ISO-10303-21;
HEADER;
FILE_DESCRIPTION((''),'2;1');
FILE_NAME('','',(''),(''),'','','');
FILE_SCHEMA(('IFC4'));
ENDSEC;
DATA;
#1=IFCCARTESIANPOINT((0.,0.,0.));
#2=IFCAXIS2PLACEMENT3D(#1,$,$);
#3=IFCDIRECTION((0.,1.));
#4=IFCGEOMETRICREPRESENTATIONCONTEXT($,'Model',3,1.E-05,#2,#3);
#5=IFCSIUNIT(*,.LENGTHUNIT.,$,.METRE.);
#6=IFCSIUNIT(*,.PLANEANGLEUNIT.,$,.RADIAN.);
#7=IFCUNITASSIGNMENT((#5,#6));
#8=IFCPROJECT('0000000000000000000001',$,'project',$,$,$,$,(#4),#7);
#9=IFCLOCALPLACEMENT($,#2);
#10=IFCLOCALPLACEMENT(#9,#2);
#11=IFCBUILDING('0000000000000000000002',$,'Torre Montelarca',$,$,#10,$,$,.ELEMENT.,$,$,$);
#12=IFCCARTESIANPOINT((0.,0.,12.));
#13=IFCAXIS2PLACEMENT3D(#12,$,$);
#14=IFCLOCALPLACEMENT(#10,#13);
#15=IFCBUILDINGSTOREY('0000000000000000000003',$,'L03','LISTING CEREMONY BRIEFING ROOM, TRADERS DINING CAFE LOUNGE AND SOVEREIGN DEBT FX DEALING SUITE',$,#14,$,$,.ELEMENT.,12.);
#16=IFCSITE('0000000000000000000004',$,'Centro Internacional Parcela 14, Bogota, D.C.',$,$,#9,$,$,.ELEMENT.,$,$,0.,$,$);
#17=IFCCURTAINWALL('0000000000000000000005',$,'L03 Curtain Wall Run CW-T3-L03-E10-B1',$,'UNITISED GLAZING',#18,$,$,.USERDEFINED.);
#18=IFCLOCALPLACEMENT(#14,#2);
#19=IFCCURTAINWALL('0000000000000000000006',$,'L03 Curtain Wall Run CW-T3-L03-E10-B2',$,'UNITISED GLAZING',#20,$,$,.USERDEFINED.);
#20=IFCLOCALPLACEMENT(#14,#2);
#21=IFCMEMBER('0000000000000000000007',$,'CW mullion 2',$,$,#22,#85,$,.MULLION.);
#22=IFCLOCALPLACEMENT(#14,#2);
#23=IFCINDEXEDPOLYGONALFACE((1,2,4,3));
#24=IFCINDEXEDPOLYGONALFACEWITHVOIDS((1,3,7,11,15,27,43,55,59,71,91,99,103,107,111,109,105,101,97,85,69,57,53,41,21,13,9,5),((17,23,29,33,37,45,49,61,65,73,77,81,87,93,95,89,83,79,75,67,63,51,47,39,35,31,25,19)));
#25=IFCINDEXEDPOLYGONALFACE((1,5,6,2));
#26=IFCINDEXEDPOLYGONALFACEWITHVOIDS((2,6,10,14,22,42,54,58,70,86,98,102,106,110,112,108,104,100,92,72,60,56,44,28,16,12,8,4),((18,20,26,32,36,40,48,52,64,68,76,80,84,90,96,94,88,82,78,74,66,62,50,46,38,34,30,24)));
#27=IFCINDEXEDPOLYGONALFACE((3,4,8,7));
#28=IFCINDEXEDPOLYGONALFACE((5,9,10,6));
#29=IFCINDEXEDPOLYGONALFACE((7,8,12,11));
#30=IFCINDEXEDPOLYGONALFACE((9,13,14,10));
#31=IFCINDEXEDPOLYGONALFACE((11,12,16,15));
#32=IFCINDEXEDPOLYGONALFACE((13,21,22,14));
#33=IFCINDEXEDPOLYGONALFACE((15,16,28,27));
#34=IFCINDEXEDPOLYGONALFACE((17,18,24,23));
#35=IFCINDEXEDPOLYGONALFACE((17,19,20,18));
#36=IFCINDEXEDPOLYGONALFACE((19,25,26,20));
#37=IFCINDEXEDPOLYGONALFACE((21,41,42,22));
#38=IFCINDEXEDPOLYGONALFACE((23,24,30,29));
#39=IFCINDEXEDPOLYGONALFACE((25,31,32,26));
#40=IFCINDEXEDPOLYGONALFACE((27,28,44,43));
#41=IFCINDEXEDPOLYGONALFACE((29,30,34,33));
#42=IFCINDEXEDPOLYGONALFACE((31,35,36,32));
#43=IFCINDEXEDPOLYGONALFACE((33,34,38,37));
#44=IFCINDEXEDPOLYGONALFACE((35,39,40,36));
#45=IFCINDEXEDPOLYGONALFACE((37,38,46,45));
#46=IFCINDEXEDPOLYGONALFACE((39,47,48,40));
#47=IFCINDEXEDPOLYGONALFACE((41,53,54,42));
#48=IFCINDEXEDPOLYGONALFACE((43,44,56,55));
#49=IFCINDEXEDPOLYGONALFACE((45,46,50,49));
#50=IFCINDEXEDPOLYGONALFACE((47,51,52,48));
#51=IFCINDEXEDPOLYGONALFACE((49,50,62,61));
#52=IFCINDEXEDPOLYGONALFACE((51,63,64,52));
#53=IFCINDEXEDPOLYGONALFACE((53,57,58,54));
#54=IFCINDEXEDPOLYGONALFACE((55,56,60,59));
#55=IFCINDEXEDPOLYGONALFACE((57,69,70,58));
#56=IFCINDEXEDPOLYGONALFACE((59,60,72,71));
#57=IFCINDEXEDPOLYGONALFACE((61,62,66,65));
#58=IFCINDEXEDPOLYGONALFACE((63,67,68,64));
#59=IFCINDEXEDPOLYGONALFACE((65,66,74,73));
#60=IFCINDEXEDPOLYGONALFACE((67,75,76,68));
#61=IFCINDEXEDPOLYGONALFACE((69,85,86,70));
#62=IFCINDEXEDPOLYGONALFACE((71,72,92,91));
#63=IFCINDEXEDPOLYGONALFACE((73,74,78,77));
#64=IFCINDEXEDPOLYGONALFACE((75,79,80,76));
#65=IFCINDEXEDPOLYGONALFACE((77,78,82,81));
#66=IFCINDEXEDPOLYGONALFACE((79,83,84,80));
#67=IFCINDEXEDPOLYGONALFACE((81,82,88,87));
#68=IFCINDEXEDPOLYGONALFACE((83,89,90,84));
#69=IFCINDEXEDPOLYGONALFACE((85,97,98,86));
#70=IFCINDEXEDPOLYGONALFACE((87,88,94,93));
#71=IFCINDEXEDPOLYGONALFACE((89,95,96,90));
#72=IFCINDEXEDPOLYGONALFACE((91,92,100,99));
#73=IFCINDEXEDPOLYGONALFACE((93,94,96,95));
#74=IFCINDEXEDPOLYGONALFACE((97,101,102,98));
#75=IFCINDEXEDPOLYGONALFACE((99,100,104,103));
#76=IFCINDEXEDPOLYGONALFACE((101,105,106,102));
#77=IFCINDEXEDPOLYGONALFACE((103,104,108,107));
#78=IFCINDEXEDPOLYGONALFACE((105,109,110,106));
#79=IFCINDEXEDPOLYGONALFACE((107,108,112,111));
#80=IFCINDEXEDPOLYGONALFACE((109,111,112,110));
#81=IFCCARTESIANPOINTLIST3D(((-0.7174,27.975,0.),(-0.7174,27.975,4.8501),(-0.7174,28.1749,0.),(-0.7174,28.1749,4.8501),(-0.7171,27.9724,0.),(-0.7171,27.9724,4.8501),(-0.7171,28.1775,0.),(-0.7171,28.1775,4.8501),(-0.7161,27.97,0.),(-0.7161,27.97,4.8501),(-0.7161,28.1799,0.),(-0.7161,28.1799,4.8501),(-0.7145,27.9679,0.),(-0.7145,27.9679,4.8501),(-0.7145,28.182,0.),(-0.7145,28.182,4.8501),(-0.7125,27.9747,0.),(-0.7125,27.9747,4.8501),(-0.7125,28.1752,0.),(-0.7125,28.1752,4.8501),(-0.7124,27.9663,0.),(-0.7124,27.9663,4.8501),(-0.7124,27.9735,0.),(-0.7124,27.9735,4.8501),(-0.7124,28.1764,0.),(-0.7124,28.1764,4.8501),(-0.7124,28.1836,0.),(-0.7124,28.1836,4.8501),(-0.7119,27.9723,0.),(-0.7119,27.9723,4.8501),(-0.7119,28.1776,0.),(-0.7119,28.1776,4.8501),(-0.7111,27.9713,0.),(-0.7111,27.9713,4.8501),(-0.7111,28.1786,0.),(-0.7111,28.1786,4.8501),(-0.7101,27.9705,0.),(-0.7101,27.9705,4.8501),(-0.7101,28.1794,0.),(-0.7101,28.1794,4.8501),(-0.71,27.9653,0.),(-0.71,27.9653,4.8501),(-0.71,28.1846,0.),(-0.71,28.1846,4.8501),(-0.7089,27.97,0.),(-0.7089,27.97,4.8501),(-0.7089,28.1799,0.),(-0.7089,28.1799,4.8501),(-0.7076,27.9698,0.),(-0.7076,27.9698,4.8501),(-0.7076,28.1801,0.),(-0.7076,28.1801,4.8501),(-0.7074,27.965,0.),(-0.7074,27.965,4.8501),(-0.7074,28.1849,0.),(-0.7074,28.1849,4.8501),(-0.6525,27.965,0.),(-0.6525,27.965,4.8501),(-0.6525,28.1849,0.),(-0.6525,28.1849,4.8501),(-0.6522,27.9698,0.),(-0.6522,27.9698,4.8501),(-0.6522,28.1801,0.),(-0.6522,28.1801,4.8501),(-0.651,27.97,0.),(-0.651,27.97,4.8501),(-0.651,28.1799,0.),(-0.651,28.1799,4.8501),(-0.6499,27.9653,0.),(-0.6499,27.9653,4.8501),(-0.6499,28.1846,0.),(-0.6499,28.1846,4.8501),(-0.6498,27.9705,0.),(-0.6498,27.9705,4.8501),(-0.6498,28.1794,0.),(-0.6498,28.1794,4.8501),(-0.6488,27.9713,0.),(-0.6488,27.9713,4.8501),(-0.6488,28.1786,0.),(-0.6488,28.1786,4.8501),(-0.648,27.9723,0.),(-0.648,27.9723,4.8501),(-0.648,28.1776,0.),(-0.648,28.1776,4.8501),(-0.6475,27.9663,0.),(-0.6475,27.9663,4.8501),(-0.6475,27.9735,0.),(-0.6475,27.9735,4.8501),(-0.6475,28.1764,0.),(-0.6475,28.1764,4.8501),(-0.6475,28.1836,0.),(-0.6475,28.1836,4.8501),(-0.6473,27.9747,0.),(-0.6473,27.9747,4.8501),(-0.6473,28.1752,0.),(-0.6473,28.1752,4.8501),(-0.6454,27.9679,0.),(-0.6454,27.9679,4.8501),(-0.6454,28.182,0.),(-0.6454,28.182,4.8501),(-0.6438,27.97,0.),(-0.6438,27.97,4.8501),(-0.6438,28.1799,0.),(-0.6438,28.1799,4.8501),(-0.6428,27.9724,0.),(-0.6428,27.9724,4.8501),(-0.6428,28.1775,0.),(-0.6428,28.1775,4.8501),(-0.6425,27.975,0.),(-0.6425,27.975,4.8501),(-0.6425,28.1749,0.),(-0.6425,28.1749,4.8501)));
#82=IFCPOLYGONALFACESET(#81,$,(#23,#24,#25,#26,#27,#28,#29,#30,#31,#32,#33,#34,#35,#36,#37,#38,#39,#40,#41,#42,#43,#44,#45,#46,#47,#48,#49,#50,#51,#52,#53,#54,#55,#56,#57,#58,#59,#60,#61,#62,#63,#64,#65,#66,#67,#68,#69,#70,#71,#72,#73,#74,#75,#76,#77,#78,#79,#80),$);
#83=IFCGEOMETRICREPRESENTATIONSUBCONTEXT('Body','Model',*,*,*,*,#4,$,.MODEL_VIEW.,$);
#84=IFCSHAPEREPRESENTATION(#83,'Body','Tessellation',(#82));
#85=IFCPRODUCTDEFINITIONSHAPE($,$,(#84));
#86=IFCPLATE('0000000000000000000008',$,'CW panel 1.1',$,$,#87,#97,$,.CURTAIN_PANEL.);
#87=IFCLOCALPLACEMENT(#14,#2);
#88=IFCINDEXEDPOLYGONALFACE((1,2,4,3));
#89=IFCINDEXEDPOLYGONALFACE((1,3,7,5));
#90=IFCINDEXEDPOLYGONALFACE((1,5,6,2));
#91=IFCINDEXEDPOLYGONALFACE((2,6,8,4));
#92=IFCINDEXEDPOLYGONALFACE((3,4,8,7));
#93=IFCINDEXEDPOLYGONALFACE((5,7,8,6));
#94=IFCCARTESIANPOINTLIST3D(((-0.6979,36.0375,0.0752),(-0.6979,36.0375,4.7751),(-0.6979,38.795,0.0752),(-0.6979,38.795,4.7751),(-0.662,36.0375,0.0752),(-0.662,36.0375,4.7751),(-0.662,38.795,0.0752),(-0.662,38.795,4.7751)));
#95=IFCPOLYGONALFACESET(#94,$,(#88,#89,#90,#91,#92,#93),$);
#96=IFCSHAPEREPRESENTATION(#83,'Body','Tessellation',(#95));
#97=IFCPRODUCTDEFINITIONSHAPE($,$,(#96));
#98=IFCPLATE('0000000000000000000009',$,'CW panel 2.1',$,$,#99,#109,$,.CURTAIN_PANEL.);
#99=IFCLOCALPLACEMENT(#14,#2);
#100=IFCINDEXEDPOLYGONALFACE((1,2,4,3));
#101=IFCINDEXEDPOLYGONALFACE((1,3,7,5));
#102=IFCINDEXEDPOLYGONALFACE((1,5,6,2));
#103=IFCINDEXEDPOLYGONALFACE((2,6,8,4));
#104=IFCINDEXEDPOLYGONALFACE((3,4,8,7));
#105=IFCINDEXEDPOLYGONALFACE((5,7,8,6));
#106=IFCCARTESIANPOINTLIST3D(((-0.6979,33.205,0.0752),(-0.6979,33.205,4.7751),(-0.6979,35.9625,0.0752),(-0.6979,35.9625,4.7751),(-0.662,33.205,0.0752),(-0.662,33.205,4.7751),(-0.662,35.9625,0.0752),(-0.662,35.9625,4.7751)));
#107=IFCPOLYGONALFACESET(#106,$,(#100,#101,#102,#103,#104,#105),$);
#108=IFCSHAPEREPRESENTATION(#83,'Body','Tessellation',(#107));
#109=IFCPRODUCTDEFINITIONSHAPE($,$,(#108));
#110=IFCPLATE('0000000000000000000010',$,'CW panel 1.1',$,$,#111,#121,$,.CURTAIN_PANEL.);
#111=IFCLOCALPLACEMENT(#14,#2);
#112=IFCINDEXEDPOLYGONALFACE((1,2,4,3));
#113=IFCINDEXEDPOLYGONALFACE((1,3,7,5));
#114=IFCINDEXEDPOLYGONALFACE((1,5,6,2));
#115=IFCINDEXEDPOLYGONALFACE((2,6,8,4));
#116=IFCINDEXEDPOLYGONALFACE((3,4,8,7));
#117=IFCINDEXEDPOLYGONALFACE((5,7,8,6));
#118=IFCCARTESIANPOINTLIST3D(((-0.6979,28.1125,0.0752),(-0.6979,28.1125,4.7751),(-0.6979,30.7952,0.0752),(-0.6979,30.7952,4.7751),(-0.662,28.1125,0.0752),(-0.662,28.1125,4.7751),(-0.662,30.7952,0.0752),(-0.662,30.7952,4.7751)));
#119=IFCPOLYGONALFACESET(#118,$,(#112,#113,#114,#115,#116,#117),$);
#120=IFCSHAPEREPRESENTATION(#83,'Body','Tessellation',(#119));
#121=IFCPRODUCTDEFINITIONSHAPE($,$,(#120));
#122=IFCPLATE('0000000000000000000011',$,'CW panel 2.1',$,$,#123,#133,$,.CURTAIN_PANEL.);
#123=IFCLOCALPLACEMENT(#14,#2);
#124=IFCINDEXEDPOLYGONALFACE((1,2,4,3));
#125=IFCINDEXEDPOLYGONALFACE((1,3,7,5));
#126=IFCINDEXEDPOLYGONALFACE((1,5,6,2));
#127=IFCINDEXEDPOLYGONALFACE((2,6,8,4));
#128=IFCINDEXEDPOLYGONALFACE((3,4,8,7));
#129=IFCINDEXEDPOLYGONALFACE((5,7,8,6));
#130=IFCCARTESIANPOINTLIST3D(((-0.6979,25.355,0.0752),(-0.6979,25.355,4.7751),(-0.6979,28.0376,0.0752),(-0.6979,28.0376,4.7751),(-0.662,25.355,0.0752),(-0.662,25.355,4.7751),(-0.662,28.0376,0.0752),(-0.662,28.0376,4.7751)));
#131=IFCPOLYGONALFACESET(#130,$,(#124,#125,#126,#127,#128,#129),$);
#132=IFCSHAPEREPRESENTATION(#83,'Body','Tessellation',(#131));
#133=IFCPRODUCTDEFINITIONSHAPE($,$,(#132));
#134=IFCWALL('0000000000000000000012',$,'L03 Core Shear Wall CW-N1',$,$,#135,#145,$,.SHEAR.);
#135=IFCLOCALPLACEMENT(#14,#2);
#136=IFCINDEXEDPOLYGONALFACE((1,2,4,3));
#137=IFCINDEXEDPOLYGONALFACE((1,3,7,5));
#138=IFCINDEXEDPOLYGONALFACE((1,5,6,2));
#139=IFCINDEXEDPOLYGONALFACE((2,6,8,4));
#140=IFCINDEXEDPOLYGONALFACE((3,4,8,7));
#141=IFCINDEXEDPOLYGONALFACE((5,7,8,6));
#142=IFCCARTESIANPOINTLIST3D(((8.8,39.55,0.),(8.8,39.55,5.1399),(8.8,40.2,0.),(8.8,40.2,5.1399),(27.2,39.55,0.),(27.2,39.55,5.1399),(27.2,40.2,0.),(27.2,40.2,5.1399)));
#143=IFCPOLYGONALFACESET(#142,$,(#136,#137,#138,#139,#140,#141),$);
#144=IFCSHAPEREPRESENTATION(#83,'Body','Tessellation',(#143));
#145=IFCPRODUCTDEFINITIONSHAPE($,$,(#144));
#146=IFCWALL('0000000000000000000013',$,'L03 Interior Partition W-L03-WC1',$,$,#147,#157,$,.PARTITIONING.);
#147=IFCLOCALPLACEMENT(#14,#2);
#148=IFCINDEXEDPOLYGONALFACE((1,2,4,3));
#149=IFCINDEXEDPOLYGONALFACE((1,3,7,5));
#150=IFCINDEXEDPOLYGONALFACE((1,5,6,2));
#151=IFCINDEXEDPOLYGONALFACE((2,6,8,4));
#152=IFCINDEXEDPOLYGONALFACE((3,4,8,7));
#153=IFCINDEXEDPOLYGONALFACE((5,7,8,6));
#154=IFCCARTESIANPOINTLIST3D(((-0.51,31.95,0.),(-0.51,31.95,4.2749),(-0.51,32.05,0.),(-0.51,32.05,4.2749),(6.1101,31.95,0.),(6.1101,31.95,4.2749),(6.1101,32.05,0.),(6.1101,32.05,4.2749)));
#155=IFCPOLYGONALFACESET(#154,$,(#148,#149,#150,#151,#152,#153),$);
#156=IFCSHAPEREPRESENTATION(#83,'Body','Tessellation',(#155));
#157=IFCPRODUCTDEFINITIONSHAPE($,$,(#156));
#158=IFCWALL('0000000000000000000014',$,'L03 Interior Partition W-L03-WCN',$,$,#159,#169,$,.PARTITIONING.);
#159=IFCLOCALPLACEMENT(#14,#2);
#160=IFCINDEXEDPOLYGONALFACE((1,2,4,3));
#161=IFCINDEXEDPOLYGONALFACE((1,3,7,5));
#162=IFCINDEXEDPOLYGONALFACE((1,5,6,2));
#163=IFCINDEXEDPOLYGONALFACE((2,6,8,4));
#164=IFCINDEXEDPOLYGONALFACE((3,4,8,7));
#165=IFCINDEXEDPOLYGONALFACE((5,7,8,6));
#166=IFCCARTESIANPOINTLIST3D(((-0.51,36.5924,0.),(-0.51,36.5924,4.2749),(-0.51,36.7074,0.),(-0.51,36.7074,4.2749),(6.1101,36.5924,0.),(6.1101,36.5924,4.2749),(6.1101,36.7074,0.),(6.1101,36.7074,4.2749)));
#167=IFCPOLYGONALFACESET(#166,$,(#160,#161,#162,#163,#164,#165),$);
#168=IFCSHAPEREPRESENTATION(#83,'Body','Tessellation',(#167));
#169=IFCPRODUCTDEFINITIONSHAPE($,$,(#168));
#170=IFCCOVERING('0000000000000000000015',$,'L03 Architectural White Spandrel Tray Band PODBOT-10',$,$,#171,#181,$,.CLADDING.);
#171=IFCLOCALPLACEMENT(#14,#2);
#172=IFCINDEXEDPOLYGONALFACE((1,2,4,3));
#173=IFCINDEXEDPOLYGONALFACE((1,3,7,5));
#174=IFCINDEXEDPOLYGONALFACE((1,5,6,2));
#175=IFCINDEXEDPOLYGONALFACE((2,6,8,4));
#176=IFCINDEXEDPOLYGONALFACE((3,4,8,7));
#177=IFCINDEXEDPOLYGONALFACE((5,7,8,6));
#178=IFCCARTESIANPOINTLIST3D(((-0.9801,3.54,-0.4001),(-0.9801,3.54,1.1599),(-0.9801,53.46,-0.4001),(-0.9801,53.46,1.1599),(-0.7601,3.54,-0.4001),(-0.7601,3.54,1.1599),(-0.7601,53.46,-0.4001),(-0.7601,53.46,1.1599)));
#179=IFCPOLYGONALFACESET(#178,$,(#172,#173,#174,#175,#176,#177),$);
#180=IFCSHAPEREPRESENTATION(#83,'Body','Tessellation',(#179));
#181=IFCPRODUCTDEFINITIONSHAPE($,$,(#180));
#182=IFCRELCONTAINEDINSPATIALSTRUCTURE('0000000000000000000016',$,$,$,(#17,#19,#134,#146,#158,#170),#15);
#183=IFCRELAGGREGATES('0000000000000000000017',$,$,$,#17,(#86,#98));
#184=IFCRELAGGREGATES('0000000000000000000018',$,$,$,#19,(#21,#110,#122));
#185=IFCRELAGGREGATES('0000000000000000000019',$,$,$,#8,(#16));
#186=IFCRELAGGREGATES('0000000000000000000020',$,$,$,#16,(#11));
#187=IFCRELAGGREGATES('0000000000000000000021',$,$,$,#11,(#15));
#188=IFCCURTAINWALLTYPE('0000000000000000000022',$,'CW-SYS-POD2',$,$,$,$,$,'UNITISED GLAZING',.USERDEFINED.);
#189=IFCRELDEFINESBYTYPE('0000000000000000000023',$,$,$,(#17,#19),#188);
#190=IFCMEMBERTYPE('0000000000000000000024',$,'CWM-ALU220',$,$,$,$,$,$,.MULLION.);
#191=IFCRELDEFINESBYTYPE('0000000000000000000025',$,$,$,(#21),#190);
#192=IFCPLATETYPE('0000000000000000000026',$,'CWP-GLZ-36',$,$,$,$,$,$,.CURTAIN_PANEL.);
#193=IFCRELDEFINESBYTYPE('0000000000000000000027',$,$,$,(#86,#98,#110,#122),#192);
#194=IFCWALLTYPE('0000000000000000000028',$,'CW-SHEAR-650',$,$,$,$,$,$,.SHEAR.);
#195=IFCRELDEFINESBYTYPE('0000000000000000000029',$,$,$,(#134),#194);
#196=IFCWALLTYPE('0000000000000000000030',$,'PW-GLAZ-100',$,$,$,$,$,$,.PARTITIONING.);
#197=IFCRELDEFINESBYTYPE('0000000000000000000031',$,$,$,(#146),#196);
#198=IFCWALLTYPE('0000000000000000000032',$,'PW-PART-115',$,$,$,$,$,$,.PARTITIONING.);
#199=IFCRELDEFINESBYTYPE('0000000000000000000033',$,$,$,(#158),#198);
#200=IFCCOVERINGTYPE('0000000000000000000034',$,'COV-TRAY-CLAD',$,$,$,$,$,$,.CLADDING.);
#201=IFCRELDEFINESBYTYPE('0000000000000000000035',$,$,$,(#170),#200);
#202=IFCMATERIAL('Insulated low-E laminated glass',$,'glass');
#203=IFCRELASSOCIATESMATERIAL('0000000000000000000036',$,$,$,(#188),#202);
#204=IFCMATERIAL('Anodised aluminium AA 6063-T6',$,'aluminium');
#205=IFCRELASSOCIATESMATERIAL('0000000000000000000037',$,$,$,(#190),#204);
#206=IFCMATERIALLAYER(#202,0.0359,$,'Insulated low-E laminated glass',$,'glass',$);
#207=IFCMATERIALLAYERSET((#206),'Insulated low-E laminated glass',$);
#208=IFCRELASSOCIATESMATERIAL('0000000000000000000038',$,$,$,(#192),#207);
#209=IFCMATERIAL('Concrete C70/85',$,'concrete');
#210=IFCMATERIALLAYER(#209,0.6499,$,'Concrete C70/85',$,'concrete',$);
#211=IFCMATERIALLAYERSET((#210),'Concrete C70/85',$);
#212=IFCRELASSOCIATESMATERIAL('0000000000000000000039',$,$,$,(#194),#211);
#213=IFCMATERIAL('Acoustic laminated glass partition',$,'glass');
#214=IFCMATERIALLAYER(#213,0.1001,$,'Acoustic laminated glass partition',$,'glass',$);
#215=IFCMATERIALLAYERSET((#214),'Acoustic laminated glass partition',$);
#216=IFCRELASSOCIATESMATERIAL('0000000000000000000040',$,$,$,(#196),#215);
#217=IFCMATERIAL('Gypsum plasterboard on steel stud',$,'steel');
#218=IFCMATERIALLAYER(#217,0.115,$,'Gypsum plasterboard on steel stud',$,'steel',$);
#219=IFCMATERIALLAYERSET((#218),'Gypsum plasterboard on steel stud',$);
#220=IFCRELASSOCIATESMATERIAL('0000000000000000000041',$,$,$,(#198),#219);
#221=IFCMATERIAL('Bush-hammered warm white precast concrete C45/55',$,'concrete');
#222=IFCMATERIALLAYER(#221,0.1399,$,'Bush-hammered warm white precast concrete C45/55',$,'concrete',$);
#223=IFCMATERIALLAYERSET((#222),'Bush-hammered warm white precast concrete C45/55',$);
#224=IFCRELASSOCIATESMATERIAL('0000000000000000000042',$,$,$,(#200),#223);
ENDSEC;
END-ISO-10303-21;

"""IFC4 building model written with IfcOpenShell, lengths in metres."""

from ifc_helpers import new_model, si_unit, direction, frame, frame_2d, origin, origin_2d, place, context, subcontext, project, spatial, rectangle, hollow_rectangle, extrude, source, transform, mapped, material, layer, layer_set, material_profile, profile_set, type_object, element, aggregate, save


model = new_model("IFC4")

# Units and contexts
model_context = context("Model", 3, precision=1e-05, world=origin(), true_north=direction((0.0, 1.0)))
body_context = subcontext(model_context, "Body", "Model", "MODEL_VIEW")
ifc_project = project(units=[si_unit("LENGTHUNIT", "METRE"), si_unit("PLANEANGLEUNIT", "RADIAN")], contexts=[model_context])

# Site, building, storey
site_placement = place(None, origin())
site = spatial("IfcSite", under=ifc_project, at=site_placement, Name="Centro Internacional Parcela 14, Bogota, D.C.", CompositionType="ELEMENT", RefElevation=0.0)
building_placement = place(site_placement, origin())
building = spatial("IfcBuilding", under=site, at=building_placement, Name="Torre Montelarca", CompositionType="ELEMENT")
storey_placement = place(building_placement, frame((0.0, 0.0, 12.0)))
storey = spatial("IfcBuildingStorey", under=building, at=storey_placement, Name="L03", Description="LISTING CEREMONY BRIEFING ROOM, TRADERS DINING CAFE LOUNGE AND SOVEREIGN DEBT FX DEALING SUITE", CompositionType="ELEMENT", Elevation=12.0)

# Shared definitions
ifc_material_1 = material(Name="Concrete C70/85", Category="concrete")

# Curtain walls
ifc_material_2 = material(Name="Insulated low-E laminated glass", Category="glass")
curtain_wall_type = type_object("IfcCurtainWallType", Name="CW-SYS-POD2", ElementType="UNITISED GLAZING", PredefinedType="USERDEFINED", material=ifc_material_2)
curtain_wall_1_placement = place(storey_placement, origin())
curtain_wall_1 = element("IfcCurtainWall", 1, at=curtain_wall_1_placement, inside=storey, type_object=curtain_wall_type, Name="L03 Curtain Wall Run CW-T3-L03-E10-B1", ObjectType="UNITISED GLAZING", PredefinedType="USERDEFINED")
ifc_material_3 = material(Name="Anodised aluminium AA 6063-T6", Category="aluminium")
curtain_wall_2_placement = place(storey_placement, origin())
curtain_wall_2 = element("IfcCurtainWall", 2, at=curtain_wall_2_placement, inside=storey, type_object=curtain_wall_type, Name="L03 Curtain Wall Run CW-T3-L03-E10-B2", ObjectType="UNITISED GLAZING", PredefinedType="USERDEFINED")

# Member
ifc_material_profile_1 = material_profile(ifc_material_3, hollow_rectangle(XDim=0.075, YDim=0.22, WallThickness=0.0049, InnerFilletRadius=0.0049, OuterFilletRadius=0.01, at=origin_2d()), Name="ALU75X220X5", Category="aluminium")
ifc_profile_set_1 = profile_set([ifc_material_profile_1], Name="Anodised aluminium AA 6063-T6")
member_type_1 = type_object("IfcMemberType", Name="CWM-ALU220", PredefinedType="MULLION", material=ifc_profile_set_1)
shared_shape_1 = source(origin(), body_context, "Body", "SweptSolid", [
    extrude(hollow_rectangle(XDim=0.075, YDim=0.22, WallThickness=0.0049, InnerFilletRadius=0.0049, OuterFilletRadius=0.01, at=origin_2d()), origin(), (0.0, 0.0, 1.0), 4.8501),
])
member_1_placement = place(storey_placement, frame((-0.6799, 28.075, 0.0), z_axis=(0.0, 0.0, 1.0), x_axis=(1.0, 0.0, 0.0)))
member_1 = element("IfcMember", 3, at=member_1_placement, type_object=member_type_1, Name="CW mullion 2", PredefinedType="MULLION", context=body_context, shape_type="MappedRepresentation", body=[
    mapped(shared_shape_1, transform((0.0, 0.0, 0.0), scale=1.0)),
])

# Plates
ifc_layer_1 = layer(ifc_material_2, 0.0359, Name="Insulated low-E laminated glass", Category="glass")
ifc_layer_set_1 = layer_set([ifc_layer_1], Name="Insulated low-E laminated glass")
plate_type = type_object("IfcPlateType", Name="CWP-GLZ-36", PredefinedType="CURTAIN_PANEL", material=ifc_layer_set_1)
shared_shape_2 = source(origin(), body_context, "Body", "SweptSolid", [
    extrude(rectangle(XDim=2.7576, YDim=0.0359, at=origin_2d()), origin(), (0.0, 0.0, 1.0), 4.7),
])
plate_1_placement = place(storey_placement, frame((-0.6799, 37.4163, 0.0752), z_axis=(0.0, 0.0, 1.0), x_axis=(0.0, -1.0, 0.0)))
plate_1 = element("IfcPlate", 4, at=plate_1_placement, type_object=plate_type, Name="CW panel 1.1", PredefinedType="CURTAIN_PANEL", context=body_context, shape_type="MappedRepresentation", body=[
    mapped(shared_shape_2, transform((0.0, 0.0, 0.0), scale=1.0)),
])
plate_2_placement = place(storey_placement, frame((-0.6799, 34.5837, 0.0752), z_axis=(0.0, 0.0, 1.0), x_axis=(0.0, -1.0, 0.0)))
plate_2 = element("IfcPlate", 5, at=plate_2_placement, type_object=plate_type, Name="CW panel 2.1", PredefinedType="CURTAIN_PANEL", context=body_context, shape_type="MappedRepresentation", body=[
    mapped(shared_shape_2, transform((0.0, 0.0, 0.0), scale=1.0)),
])
aggregate(curtain_wall_1, [plate_1, plate_2])
shared_shape_3 = source(origin(), body_context, "Body", "SweptSolid", [
    extrude(rectangle(XDim=2.6826, YDim=0.0359, at=origin_2d()), origin(), (0.0, 0.0, 1.0), 4.7),
])
plate_3_placement = place(storey_placement, frame((-0.6799, 29.4539, 0.0752), z_axis=(0.0, 0.0, 1.0), x_axis=(0.0, -1.0, 0.0)))
plate_3 = element("IfcPlate", 6, at=plate_3_placement, type_object=plate_type, Name="CW panel 1.1", PredefinedType="CURTAIN_PANEL", context=body_context, shape_type="MappedRepresentation", body=[
    mapped(shared_shape_3, transform((0.0, 0.0, 0.0), scale=1.0)),
])
plate_4_placement = place(storey_placement, frame((-0.6799, 26.6963, 0.0752), z_axis=(0.0, 0.0, 1.0), x_axis=(0.0, -1.0, 0.0)))
plate_4 = element("IfcPlate", 7, at=plate_4_placement, type_object=plate_type, Name="CW panel 2.1", PredefinedType="CURTAIN_PANEL", context=body_context, shape_type="MappedRepresentation", body=[
    mapped(shared_shape_3, transform((0.0, 0.0, 0.0), scale=1.0)),
])
aggregate(curtain_wall_2, [member_1, plate_3, plate_4])

# Walls
ifc_layer_2 = layer(ifc_material_1, 0.6499, Name="Concrete C70/85", Category="concrete")
ifc_layer_set_2 = layer_set([ifc_layer_2], Name="Concrete C70/85")
wall_type_1 = type_object("IfcWallType", Name="CW-SHEAR-650", PredefinedType="SHEAR", material=ifc_layer_set_2)
wall_1_placement = place(storey_placement, frame((8.8, 39.875, 0.0), z_axis=(0.0, 0.0, 1.0), x_axis=(1.0, 0.0, 0.0)))
element("IfcWall", 8, at=wall_1_placement, inside=storey, type_object=wall_type_1, Name="L03 Core Shear Wall CW-N1", PredefinedType="SHEAR", context=body_context, shape_type="SweptSolid", body=[
    extrude(rectangle(XDim=18.3999, YDim=0.6499, at=frame_2d((9.2, 0.0))), origin(), (0.0, 0.0, 1.0), 5.1399),
])
ifc_material_4 = material(Name="Acoustic laminated glass partition", Category="glass")
ifc_layer_3 = layer(ifc_material_4, 0.1001, Name="Acoustic laminated glass partition", Category="glass")
ifc_layer_set_3 = layer_set([ifc_layer_3], Name="Acoustic laminated glass partition")
wall_type_2 = type_object("IfcWallType", Name="PW-GLAZ-100", PredefinedType="PARTITIONING", material=ifc_layer_set_3)
wall_2_placement = place(storey_placement, frame((-0.51, 32.0, 0.0), z_axis=(0.0, 0.0, 1.0), x_axis=(1.0, 0.0, 0.0)))
element("IfcWall", 9, at=wall_2_placement, inside=storey, type_object=wall_type_2, Name="L03 Interior Partition W-L03-WC1", PredefinedType="PARTITIONING", context=body_context, shape_type="SweptSolid", body=[
    extrude(rectangle(XDim=6.6201, YDim=0.1001, at=frame_2d((3.3101, 0.0))), origin(), (0.0, 0.0, 1.0), 4.2749),
])
ifc_material_5 = material(Name="Gypsum plasterboard on steel stud", Category="steel")
ifc_layer_4 = layer(ifc_material_5, 0.115, Name="Gypsum plasterboard on steel stud", Category="steel")
ifc_layer_set_4 = layer_set([ifc_layer_4], Name="Gypsum plasterboard on steel stud")
wall_type_3 = type_object("IfcWallType", Name="PW-PART-115", PredefinedType="PARTITIONING", material=ifc_layer_set_4)
wall_3_placement = place(storey_placement, frame((-0.51, 36.6499, 0.0), z_axis=(0.0, 0.0, 1.0), x_axis=(1.0, 0.0, 0.0)))
element("IfcWall", 10, at=wall_3_placement, inside=storey, type_object=wall_type_3, Name="L03 Interior Partition W-L03-WCN", PredefinedType="PARTITIONING", context=body_context, shape_type="SweptSolid", body=[
    extrude(rectangle(XDim=6.6201, YDim=0.115, at=frame_2d((3.3101, 0.0))), origin(), (0.0, 0.0, 1.0), 4.2749),
])

# Covering
ifc_material_6 = material(Name="Bush-hammered warm white precast concrete C45/55", Category="concrete")
ifc_layer_5 = layer(ifc_material_6, 0.1399, Name="Bush-hammered warm white precast concrete C45/55", Category="concrete")
ifc_layer_set_5 = layer_set([ifc_layer_5], Name="Bush-hammered warm white precast concrete C45/55")
covering_type = type_object("IfcCoveringType", Name="COV-TRAY-CLAD", PredefinedType="CLADDING", material=ifc_layer_set_5)
shared_shape_4 = source(origin(), body_context, "Body", "SweptSolid", [
    extrude(rectangle(XDim=49.9199, YDim=0.22, at=origin_2d()), origin(), (0.0, 0.0, 1.0), 1.5601),
])
covering_1_placement = place(storey_placement, frame((-0.8701, 28.5, -0.4001), z_axis=(0.0, 0.0, 1.0), x_axis=(0.0, -1.0, 0.0)))
element("IfcCovering", 11, at=covering_1_placement, inside=storey, type_object=covering_type, Name="L03 Architectural White Spandrel Tray Band PODBOT-10", PredefinedType="CLADDING", context=body_context, shape_type="MappedRepresentation", body=[
    mapped(shared_shape_4, transform((0.0, 0.0, 0.0), scale=1.0)),
])

save(model, "model.ifc")
